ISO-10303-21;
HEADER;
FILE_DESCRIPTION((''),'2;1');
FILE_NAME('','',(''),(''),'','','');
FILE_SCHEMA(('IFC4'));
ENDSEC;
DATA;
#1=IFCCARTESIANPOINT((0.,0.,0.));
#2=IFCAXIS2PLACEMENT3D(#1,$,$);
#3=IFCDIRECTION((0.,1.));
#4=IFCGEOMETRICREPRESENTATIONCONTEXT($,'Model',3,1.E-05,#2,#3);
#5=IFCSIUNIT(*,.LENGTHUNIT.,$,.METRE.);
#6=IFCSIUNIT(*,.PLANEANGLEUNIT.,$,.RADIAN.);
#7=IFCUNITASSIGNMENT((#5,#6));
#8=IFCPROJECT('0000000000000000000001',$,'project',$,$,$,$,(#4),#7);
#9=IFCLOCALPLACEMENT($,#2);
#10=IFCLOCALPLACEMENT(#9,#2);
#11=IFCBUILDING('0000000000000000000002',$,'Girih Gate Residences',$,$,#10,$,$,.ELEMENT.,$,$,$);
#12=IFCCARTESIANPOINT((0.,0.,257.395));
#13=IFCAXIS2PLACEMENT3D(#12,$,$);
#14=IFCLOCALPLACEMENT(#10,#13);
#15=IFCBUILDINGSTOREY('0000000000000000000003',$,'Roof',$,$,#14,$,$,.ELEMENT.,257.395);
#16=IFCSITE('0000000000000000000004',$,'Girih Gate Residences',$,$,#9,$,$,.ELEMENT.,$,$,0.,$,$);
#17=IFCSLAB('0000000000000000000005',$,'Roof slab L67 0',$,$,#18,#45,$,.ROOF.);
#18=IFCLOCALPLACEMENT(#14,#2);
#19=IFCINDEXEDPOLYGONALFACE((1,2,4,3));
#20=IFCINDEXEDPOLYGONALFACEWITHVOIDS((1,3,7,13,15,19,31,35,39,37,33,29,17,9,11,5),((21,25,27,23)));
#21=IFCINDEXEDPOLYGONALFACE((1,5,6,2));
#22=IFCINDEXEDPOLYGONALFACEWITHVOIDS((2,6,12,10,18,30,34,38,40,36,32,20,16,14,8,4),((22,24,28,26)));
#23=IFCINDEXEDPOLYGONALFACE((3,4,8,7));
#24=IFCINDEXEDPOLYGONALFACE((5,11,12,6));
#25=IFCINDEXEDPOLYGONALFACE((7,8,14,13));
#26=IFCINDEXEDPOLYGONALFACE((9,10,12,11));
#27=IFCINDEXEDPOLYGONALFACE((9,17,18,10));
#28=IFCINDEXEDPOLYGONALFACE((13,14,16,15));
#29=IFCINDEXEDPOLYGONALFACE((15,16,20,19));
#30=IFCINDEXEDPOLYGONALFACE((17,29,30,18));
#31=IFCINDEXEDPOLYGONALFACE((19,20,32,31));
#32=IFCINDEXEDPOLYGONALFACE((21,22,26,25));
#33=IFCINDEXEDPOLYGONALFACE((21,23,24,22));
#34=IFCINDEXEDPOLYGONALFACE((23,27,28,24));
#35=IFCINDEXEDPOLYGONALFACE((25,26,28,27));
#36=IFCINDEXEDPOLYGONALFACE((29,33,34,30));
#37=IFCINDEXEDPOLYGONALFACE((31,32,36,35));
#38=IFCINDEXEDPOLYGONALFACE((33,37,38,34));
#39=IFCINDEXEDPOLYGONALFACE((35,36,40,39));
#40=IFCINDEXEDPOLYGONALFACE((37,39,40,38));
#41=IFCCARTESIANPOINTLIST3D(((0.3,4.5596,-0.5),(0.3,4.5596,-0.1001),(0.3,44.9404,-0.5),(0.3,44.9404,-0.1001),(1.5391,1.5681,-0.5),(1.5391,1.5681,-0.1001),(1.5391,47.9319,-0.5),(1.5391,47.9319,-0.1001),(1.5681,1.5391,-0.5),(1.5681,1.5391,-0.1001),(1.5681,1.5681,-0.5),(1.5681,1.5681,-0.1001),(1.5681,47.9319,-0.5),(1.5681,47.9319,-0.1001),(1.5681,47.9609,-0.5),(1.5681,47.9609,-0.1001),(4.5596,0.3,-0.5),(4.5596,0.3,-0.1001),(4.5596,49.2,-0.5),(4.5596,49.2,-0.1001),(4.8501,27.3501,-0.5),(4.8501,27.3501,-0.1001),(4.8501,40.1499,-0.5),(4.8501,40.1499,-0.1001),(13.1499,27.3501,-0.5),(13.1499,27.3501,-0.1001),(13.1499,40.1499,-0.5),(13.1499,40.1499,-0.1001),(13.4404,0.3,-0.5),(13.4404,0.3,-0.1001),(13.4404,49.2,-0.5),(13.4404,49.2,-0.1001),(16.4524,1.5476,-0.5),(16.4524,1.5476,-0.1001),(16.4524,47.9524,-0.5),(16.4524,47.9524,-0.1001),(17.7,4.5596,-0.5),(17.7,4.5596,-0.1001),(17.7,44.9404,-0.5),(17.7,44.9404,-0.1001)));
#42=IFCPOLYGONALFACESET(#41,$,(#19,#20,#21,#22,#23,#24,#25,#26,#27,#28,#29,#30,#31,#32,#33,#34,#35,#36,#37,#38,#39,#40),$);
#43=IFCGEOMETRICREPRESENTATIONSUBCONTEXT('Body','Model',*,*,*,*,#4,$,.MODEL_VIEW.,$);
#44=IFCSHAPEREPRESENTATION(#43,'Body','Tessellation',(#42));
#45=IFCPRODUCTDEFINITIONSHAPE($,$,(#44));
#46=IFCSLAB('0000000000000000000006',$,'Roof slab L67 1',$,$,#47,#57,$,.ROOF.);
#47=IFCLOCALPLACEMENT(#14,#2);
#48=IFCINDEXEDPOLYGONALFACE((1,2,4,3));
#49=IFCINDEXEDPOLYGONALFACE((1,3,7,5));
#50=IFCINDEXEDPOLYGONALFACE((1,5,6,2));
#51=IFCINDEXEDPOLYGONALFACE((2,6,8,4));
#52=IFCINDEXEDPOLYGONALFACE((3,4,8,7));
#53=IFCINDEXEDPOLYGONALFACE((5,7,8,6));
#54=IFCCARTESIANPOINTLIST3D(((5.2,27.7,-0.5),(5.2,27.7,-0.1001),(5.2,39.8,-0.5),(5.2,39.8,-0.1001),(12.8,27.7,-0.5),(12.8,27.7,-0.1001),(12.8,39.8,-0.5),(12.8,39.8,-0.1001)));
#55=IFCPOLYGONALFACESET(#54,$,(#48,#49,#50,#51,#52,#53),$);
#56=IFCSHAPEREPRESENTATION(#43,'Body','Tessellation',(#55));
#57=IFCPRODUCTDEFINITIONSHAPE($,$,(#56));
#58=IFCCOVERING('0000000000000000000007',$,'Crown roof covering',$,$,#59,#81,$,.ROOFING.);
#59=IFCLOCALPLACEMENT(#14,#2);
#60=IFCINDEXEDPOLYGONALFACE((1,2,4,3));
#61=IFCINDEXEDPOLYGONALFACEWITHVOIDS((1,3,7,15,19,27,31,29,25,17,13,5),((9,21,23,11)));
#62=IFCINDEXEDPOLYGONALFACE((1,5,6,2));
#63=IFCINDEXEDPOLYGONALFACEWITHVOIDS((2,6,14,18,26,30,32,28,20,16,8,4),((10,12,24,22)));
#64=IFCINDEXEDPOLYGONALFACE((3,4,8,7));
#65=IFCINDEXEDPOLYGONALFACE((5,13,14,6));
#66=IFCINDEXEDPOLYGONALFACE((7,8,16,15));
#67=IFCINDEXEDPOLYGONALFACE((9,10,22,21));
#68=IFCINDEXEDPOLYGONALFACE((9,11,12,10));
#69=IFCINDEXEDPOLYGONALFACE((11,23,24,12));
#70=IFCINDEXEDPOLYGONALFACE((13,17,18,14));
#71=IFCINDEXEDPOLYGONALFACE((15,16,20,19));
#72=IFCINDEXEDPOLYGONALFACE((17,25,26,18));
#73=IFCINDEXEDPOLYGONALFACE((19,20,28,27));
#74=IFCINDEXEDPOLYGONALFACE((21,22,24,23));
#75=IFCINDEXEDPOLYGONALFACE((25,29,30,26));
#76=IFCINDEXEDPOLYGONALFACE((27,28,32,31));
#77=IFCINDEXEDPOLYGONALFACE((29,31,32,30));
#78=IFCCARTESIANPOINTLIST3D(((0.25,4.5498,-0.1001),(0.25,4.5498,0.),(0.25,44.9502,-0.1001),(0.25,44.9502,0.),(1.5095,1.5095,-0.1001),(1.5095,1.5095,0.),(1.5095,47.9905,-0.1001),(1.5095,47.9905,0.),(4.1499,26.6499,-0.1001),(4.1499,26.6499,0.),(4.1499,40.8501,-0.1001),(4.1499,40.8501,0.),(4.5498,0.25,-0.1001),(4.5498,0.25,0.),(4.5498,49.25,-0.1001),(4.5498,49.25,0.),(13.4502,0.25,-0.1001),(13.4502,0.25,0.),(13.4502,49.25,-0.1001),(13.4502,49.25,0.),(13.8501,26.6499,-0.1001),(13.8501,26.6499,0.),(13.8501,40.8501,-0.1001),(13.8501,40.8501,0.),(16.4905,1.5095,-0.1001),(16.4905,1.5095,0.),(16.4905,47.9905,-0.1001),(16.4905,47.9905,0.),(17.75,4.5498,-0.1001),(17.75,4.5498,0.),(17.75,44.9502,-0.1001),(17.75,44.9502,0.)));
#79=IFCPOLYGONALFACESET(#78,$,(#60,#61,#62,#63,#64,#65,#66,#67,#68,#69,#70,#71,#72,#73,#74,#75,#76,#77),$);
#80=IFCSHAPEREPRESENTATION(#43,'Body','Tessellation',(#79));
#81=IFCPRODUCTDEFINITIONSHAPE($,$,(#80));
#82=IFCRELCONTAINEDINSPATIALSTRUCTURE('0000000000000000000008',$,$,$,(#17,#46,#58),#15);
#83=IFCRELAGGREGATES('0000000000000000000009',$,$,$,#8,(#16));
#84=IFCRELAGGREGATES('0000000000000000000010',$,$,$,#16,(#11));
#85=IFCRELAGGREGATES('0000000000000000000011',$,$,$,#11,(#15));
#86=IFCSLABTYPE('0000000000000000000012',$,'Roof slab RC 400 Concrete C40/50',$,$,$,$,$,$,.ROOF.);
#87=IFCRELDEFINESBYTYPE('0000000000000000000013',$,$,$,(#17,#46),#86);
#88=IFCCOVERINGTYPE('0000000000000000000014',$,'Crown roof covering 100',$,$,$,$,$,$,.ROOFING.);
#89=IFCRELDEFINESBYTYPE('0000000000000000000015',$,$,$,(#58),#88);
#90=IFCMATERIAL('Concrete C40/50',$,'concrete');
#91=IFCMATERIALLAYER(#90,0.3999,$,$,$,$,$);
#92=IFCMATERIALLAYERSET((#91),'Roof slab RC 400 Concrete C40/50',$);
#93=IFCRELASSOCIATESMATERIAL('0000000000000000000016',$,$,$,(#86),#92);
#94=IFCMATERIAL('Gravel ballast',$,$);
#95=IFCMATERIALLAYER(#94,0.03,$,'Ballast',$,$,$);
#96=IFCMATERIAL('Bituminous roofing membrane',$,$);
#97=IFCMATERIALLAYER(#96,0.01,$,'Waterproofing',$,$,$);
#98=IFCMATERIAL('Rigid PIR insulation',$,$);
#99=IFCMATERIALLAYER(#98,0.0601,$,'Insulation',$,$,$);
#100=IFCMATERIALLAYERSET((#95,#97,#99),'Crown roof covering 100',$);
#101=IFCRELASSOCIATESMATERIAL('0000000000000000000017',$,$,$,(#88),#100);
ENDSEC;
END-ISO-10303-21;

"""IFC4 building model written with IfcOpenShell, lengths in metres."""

from ifc_helpers import new_model, si_unit, direction, frame, origin, place, context, subcontext, project, spatial, polyline, outline, extrude, material, layer, layer_set, type_object, element, save


model = new_model("IFC4")

# Units and contexts
model_context = context("Model", 3, precision=1e-05, world=origin(), true_north=direction((0.0, 1.0)))
body_context = subcontext(model_context, "Body", "Model", "MODEL_VIEW")
ifc_project = project(units=[si_unit("LENGTHUNIT", "METRE"), si_unit("PLANEANGLEUNIT", "RADIAN")], contexts=[model_context])

# Site, building, storey
site_placement = place(None, origin())
site = spatial("IfcSite", under=ifc_project, at=site_placement, Name="Girih Gate Residences", CompositionType="ELEMENT", RefElevation=0.0)
building_placement = place(site_placement, origin())
building = spatial("IfcBuilding", under=site, at=building_placement, Name="Girih Gate Residences", CompositionType="ELEMENT")
storey_placement = place(building_placement, frame((0.0, 0.0, 257.395)))
storey = spatial("IfcBuildingStorey", under=building, at=storey_placement, Name="Roof", CompositionType="ELEMENT", Elevation=257.395)

# Slabs
ifc_material_1 = material(Name="Concrete C40/50", Category="concrete")
ifc_layer_1 = layer(ifc_material_1, 0.3999)
ifc_layer_set_1 = layer_set([ifc_layer_1], Name="Roof slab RC 400 Concrete C40/50")
slab_type = type_object("IfcSlabType", Name="Roof slab RC 400 Concrete C40/50", PredefinedType="ROOF", material=ifc_layer_set_1)
slab_1_placement = place(storey_placement, frame((0.0, 0.0, -0.5)))
element("IfcSlab", 1, at=slab_1_placement, inside=storey, type_object=slab_type, Name="Roof slab L67 0", PredefinedType="ROOF", context=body_context, shape_type="SweptSolid", body=[
    extrude(outline(polyline([(17.7, 4.5596), (17.7, 44.9404), (16.4524, 47.9524), (13.4404, 49.2), (4.5596, 49.2), (1.5681, 47.9609), (1.5681, 47.9319), (1.5391, 47.9319), (0.3, 44.9404), (0.3, 4.5596), (1.5391, 1.5681), (1.5681, 1.5681), (1.5681, 1.5391), (4.5596, 0.3), (13.4404, 0.3), (16.4524, 1.5476), (17.7, 4.5596)]), holes=[polyline([(4.8501, 27.3501), (4.8501, 40.1499), (13.1499, 40.1499), (13.1499, 27.3501), (4.8501, 27.3501)])]), origin(), (0.0, 0.0, 1.0), 0.3999),
])
slab_2_placement = place(storey_placement, frame((0.0, 0.0, -0.5)))
element("IfcSlab", 2, at=slab_2_placement, inside=storey, type_object=slab_type, Name="Roof slab L67 1", PredefinedType="ROOF", context=body_context, shape_type="SweptSolid", body=[
    extrude(outline(polyline([(12.8, 39.8), (5.2, 39.8), (5.2, 27.7), (12.8, 27.7), (12.8, 39.8)])), origin(), (0.0, 0.0, 1.0), 0.3999),
])

# Covering
ifc_material_2 = material(Name="Gravel ballast")
ifc_layer_2 = layer(ifc_material_2, 0.03, Name="Ballast")
ifc_material_3 = material(Name="Bituminous roofing membrane")
ifc_layer_3 = layer(ifc_material_3, 0.01, Name="Waterproofing")
ifc_material_4 = material(Name="Rigid PIR insulation")
ifc_layer_4 = layer(ifc_material_4, 0.0601, Name="Insulation")
ifc_layer_set_2 = layer_set([ifc_layer_2, ifc_layer_3, ifc_layer_4], Name="Crown roof covering 100")
covering_type = type_object("IfcCoveringType", Name="Crown roof covering 100", PredefinedType="ROOFING", material=ifc_layer_set_2)
covering_placement = place(storey_placement, frame((0.0, 0.0, -0.1001)))
element("IfcCovering", 3, at=covering_placement, inside=storey, type_object=covering_type, Name="Crown roof covering", PredefinedType="ROOFING", context=body_context, shape_type="SweptSolid", body=[
    extrude(outline(polyline([(17.75, 4.5498), (16.4905, 1.5095), (13.4502, 0.25), (4.5498, 0.25), (1.5095, 1.5095), (0.25, 4.5498), (0.25, 44.9502), (1.5095, 47.9905), (4.5498, 49.25), (13.4502, 49.25), (16.4905, 47.9905), (17.75, 44.9502), (17.75, 4.5498)]), holes=[polyline([(13.8501, 40.8501), (4.1499, 40.8501), (4.1499, 26.6499), (13.8501, 26.6499), (13.8501, 40.8501)])]), origin(), (0.0, 0.0, 1.0), 0.1001),
])

save(model, "model.ifc")
